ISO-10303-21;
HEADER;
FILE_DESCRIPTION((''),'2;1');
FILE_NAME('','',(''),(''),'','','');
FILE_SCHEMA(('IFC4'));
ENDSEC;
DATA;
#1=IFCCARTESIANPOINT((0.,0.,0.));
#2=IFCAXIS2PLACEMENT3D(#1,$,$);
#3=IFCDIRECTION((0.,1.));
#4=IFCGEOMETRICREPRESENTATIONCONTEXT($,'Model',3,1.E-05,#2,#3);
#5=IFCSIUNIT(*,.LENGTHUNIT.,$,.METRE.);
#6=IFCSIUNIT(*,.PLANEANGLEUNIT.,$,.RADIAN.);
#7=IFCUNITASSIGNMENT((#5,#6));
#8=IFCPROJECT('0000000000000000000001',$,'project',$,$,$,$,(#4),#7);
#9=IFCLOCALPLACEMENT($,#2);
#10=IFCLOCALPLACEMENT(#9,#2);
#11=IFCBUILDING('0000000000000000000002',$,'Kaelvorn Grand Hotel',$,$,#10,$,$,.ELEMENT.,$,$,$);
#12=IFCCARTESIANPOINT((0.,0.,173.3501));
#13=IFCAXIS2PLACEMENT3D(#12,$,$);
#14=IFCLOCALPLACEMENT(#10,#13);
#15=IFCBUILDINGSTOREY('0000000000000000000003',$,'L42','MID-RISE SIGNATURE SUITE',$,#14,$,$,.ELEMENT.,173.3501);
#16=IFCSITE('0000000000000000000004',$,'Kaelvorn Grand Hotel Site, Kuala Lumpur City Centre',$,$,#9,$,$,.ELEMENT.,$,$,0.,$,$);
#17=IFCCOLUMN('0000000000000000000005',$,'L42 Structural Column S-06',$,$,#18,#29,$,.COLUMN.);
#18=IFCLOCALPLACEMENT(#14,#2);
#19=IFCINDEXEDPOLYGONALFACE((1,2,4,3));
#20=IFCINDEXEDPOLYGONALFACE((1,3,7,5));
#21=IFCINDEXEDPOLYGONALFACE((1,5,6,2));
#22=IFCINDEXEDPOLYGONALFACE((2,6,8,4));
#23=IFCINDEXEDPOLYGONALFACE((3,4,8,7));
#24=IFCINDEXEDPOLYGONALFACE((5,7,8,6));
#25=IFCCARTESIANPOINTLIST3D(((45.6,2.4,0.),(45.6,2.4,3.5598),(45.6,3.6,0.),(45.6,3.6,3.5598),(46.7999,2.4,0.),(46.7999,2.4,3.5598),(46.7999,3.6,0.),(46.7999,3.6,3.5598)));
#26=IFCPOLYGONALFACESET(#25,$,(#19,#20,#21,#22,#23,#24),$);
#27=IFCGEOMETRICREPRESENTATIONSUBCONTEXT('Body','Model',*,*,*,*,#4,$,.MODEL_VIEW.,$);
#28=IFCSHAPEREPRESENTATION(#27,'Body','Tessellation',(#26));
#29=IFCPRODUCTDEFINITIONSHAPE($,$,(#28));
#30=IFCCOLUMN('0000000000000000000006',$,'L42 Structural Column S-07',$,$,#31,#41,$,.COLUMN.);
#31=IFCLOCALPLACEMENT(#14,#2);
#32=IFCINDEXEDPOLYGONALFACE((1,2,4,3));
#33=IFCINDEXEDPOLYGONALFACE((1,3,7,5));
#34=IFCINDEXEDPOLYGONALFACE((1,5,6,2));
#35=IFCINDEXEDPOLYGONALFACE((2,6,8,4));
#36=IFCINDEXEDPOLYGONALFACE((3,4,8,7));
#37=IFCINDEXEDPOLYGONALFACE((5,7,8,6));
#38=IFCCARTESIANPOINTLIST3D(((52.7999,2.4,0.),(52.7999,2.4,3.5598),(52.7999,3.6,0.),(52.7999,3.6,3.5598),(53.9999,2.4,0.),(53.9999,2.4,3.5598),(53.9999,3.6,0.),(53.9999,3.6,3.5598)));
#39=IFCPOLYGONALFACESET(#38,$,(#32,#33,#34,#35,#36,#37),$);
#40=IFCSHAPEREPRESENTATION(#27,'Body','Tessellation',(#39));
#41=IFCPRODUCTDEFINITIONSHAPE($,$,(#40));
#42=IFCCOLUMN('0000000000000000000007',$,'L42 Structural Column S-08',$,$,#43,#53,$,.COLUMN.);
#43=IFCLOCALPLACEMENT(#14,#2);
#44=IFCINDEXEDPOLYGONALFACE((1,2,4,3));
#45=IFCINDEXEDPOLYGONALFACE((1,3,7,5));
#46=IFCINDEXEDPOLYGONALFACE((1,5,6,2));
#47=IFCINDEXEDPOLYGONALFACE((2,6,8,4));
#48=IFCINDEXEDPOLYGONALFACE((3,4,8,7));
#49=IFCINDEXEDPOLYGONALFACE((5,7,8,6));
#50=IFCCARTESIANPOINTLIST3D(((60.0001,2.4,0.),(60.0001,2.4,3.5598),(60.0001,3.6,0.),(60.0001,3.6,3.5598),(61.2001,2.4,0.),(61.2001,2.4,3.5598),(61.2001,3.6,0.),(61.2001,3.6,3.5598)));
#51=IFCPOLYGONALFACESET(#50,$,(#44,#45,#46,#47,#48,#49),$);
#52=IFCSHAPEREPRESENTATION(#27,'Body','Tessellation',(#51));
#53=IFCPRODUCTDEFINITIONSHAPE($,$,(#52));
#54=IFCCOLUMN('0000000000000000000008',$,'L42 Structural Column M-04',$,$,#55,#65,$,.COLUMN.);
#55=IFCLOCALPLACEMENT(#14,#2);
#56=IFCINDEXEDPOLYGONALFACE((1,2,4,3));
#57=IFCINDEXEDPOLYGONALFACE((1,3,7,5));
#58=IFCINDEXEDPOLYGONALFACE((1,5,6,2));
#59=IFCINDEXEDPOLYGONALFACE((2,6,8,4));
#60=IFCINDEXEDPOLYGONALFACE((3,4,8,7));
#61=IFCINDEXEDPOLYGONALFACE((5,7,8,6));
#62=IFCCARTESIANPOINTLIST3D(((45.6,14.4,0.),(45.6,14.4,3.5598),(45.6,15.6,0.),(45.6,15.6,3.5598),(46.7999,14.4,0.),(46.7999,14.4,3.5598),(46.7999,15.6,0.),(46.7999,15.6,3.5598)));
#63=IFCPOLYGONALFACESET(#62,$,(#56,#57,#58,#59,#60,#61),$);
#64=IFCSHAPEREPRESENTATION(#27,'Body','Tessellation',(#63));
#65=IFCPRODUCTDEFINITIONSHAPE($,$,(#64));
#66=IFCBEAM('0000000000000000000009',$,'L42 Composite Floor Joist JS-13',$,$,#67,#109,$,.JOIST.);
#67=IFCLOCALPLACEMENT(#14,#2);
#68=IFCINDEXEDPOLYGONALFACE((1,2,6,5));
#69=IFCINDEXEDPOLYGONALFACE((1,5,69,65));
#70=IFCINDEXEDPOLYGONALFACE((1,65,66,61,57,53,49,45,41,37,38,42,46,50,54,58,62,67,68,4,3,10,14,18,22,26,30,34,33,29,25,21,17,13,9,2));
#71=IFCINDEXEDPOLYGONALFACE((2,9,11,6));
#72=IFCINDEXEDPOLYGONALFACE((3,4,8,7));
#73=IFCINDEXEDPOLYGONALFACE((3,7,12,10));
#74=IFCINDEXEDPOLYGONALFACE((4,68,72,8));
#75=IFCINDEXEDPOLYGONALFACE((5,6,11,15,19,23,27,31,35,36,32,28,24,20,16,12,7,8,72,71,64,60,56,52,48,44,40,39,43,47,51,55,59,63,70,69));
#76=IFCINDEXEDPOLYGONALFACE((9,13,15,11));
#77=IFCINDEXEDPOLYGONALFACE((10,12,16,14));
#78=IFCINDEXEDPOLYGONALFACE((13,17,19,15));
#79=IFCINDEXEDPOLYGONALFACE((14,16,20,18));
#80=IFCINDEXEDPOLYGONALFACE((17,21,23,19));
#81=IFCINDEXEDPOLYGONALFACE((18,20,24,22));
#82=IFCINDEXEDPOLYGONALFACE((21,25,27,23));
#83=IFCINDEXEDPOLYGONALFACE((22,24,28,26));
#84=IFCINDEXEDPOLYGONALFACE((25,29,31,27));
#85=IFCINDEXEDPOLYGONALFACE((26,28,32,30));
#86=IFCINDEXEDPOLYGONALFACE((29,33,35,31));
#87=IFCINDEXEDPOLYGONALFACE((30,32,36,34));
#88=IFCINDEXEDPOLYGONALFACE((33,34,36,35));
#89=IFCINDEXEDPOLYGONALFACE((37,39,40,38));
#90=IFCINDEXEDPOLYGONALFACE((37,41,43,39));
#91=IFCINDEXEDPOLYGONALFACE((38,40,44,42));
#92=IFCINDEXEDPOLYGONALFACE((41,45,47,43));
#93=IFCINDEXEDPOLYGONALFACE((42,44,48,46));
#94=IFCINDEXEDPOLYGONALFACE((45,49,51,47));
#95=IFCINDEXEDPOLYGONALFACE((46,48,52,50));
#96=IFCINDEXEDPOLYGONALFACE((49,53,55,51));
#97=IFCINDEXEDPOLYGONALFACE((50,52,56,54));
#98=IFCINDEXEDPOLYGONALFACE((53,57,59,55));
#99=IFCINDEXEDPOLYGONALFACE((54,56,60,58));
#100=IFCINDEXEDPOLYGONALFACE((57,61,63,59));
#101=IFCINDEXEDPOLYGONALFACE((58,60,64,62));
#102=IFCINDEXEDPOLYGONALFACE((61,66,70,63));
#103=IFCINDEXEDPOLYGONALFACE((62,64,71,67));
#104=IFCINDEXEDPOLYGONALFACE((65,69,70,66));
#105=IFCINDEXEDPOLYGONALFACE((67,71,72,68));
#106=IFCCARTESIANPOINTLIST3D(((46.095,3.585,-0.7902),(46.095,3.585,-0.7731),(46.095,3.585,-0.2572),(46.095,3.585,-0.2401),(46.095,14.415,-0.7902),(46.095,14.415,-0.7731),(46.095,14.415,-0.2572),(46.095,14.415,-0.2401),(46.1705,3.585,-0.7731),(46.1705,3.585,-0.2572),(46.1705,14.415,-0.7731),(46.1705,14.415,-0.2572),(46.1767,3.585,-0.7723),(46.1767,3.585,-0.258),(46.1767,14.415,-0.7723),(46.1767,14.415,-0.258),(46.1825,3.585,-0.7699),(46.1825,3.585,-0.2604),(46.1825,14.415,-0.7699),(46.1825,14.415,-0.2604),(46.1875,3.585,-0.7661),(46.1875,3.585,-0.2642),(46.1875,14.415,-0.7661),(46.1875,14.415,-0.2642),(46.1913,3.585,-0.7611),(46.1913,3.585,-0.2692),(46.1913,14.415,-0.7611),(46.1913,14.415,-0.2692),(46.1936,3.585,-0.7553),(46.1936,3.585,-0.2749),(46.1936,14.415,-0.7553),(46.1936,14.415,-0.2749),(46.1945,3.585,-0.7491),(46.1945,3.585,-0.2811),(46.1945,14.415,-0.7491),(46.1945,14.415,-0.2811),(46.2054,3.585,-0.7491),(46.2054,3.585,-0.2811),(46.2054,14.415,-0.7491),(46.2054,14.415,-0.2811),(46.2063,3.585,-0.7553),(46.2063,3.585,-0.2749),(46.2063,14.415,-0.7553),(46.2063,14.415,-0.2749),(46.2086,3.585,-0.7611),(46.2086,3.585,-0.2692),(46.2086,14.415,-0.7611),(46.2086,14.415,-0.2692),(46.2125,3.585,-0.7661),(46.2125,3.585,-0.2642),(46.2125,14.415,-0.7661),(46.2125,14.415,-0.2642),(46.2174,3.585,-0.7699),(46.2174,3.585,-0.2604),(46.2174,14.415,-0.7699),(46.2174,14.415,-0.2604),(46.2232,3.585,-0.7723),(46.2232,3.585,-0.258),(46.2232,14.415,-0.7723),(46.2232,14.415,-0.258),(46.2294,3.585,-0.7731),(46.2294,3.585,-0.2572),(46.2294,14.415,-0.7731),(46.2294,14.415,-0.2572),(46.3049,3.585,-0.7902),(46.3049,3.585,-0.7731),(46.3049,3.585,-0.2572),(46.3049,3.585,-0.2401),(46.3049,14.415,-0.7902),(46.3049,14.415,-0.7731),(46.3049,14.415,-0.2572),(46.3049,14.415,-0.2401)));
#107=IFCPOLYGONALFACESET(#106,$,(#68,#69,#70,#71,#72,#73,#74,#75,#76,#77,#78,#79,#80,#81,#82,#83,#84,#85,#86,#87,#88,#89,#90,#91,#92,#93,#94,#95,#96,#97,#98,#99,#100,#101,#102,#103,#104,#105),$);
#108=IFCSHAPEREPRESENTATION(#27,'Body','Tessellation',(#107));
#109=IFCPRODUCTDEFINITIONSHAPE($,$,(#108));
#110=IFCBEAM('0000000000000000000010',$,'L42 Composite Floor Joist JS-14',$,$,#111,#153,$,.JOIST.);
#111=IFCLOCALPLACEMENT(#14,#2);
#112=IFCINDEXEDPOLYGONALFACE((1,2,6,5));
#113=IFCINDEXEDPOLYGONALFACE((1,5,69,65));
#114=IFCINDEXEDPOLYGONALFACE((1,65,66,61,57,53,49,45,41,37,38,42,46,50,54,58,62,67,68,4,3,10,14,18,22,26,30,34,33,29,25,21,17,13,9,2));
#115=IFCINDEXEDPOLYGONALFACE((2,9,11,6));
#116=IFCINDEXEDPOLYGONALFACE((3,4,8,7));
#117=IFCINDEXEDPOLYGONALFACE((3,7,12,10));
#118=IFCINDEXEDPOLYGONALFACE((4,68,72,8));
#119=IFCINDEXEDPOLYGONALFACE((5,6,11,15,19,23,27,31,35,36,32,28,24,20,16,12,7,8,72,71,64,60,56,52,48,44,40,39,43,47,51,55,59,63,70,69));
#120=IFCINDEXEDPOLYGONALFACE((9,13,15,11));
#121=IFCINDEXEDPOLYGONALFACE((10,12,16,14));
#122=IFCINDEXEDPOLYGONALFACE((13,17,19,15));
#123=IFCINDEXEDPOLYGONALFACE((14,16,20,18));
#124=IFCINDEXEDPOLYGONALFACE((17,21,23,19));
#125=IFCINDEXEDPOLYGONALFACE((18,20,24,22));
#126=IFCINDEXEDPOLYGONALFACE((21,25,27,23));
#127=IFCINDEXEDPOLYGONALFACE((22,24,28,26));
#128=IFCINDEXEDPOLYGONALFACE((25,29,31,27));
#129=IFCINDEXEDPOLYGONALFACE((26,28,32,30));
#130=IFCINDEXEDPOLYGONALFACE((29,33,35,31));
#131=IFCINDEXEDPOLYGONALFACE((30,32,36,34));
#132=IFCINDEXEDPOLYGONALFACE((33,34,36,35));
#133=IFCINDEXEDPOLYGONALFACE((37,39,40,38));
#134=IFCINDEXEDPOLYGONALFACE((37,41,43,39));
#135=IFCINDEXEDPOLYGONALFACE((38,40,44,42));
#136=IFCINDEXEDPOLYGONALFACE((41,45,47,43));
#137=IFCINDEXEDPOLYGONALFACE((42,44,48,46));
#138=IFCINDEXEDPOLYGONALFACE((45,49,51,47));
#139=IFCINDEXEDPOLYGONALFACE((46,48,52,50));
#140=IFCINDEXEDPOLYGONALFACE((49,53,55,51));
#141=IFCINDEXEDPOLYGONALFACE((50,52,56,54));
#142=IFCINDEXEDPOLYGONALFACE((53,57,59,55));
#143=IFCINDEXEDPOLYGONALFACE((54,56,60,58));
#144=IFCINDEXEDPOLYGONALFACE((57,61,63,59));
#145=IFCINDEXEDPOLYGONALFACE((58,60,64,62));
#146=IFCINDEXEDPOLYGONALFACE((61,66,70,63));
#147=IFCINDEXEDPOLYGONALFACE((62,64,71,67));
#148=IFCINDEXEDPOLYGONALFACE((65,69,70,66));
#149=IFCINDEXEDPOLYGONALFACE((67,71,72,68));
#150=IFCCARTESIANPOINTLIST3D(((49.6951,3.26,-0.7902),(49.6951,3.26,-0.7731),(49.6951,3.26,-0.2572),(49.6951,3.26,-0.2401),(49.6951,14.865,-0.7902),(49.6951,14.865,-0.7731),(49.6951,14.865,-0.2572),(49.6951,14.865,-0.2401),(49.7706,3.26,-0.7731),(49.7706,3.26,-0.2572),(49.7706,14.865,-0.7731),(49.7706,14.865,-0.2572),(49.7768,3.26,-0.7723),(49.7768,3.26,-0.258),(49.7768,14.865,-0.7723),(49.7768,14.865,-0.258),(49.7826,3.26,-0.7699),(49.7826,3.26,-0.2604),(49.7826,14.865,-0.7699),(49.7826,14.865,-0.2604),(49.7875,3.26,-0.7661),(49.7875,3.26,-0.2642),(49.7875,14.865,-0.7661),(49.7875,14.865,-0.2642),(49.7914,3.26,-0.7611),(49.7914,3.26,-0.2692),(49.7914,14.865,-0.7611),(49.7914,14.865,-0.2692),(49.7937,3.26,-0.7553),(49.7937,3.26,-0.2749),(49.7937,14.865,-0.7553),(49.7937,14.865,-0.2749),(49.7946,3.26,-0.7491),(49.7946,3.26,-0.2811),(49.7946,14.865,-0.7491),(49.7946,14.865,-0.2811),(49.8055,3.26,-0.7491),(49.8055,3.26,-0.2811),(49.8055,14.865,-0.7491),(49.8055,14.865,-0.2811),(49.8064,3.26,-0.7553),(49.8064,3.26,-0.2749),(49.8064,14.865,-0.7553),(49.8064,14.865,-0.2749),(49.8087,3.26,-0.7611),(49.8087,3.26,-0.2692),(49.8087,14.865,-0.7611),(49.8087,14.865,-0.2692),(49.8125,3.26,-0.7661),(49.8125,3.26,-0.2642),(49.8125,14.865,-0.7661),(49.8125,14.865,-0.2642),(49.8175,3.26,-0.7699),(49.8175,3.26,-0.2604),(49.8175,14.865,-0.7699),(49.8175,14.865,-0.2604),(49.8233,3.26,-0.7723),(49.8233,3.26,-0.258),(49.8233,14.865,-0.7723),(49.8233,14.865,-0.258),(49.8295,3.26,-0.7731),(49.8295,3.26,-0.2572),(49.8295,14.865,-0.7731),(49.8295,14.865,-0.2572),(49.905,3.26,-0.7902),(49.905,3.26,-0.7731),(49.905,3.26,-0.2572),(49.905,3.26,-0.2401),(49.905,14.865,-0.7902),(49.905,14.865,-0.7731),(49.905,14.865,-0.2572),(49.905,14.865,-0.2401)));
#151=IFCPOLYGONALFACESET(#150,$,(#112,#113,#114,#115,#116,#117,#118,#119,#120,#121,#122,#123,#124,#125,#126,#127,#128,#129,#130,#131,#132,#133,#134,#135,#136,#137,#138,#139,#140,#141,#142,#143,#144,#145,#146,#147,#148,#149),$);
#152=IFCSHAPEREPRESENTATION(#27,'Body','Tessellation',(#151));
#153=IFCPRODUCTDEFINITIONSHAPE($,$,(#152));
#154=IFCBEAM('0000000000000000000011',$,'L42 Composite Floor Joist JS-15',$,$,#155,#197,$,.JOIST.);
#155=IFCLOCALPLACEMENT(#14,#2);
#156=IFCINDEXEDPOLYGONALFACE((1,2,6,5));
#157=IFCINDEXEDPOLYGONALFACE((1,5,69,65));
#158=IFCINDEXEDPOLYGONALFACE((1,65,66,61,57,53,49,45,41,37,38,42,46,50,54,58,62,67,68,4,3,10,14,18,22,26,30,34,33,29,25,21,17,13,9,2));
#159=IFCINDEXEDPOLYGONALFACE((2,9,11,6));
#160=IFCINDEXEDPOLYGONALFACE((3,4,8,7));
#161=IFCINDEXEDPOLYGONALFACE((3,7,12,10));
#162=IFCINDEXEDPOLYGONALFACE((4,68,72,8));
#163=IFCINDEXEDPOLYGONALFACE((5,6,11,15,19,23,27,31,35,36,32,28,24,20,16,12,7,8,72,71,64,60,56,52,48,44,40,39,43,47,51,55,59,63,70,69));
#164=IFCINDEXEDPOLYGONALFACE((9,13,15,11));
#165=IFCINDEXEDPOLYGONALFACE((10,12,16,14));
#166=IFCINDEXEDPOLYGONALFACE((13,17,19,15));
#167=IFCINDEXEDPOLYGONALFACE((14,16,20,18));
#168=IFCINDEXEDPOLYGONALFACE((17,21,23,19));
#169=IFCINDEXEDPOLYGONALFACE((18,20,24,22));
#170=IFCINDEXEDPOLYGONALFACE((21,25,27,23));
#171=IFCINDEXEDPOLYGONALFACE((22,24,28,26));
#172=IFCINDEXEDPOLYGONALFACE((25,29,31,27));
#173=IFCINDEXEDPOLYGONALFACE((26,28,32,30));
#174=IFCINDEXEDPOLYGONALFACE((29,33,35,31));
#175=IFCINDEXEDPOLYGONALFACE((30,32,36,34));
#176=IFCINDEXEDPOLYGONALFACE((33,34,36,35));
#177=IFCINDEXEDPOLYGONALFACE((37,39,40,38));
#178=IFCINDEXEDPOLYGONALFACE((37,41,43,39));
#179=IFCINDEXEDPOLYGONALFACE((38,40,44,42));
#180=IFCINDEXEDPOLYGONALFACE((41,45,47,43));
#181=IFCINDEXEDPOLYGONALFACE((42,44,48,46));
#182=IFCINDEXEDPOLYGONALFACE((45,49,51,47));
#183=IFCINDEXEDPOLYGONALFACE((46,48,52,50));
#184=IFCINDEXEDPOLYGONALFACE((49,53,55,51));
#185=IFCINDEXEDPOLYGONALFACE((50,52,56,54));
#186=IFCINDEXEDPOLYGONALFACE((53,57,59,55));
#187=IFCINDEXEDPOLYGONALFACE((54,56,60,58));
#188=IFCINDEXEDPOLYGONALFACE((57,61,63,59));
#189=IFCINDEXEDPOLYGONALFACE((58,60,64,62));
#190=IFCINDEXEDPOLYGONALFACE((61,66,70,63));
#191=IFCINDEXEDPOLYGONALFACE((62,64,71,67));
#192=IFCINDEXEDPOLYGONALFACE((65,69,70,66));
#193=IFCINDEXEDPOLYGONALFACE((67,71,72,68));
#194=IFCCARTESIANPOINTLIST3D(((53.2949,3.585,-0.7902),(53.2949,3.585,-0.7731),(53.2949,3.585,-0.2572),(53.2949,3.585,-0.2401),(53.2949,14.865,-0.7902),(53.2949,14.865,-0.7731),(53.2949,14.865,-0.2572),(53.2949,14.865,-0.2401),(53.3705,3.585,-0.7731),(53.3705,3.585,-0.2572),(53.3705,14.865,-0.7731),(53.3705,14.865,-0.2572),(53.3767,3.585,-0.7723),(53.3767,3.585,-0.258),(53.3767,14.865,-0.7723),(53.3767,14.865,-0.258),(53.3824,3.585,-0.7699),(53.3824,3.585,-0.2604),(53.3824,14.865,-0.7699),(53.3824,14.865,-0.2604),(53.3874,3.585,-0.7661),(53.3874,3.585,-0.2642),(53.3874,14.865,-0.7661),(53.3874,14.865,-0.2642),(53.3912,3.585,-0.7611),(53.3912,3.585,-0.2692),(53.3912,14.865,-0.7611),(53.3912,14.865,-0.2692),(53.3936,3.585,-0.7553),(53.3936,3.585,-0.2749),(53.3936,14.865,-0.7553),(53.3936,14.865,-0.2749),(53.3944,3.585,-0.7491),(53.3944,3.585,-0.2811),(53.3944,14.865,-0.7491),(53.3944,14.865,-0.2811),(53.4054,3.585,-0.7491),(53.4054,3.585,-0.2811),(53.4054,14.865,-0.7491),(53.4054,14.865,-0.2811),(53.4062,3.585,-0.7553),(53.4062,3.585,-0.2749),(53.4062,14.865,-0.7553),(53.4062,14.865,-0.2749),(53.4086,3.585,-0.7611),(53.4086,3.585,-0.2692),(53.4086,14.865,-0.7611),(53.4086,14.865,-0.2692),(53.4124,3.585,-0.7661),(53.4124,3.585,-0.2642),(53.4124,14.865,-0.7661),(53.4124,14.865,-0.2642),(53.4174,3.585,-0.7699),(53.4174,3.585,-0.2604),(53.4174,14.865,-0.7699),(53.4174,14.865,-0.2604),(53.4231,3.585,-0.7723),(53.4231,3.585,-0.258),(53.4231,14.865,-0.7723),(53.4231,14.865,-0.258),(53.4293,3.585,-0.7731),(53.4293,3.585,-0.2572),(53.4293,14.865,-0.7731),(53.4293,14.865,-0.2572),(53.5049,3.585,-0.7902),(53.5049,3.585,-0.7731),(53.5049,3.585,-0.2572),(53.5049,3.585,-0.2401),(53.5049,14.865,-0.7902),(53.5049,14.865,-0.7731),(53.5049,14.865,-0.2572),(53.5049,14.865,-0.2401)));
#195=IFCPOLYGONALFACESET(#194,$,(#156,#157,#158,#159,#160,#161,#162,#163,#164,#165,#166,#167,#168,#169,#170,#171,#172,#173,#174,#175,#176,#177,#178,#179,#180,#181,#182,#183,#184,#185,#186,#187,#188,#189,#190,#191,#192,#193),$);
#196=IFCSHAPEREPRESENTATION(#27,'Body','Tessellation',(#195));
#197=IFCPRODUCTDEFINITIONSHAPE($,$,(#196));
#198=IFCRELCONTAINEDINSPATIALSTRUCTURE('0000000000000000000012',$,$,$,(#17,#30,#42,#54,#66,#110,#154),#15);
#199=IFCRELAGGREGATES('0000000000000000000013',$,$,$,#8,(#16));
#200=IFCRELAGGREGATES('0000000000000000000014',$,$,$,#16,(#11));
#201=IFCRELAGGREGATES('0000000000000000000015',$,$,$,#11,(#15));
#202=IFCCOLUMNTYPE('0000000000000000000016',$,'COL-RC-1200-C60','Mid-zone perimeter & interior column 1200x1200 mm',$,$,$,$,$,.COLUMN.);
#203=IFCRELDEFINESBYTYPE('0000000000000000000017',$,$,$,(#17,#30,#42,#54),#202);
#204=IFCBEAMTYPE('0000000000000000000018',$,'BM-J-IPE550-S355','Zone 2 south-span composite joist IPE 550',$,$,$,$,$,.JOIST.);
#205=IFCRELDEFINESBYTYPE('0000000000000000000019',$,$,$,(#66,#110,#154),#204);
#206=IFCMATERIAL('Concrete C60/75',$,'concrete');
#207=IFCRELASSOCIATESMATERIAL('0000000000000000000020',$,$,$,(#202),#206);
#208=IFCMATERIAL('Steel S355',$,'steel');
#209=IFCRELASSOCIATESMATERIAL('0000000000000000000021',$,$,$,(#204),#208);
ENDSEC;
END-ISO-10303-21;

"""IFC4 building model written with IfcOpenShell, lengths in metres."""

from ifc_helpers import new_model, si_unit, direction, frame, origin, origin_2d, place, context, subcontext, project, spatial, rectangle, i_section, extrude, material, material_profile, profile_set, type_object, element, save


model = new_model("IFC4")

# Units and contexts
model_context = context("Model", 3, precision=1e-05, world=origin(), true_north=direction((0.0, 1.0)))
body_context = subcontext(model_context, "Body", "Model", "MODEL_VIEW")
ifc_project = project(units=[si_unit("LENGTHUNIT", "METRE"), si_unit("PLANEANGLEUNIT", "RADIAN")], contexts=[model_context])

# Site, building, storey
site_placement = place(None, origin())
site = spatial("IfcSite", under=ifc_project, at=site_placement, Name="Kaelvorn Grand Hotel Site, Kuala Lumpur City Centre", CompositionType="ELEMENT", RefElevation=0.0)
building_placement = place(site_placement, origin())
building = spatial("IfcBuilding", under=site, at=building_placement, Name="Kaelvorn Grand Hotel", CompositionType="ELEMENT")
storey_placement = place(building_placement, frame((0.0, 0.0, 173.3501)))
storey = spatial("IfcBuildingStorey", under=building, at=storey_placement, Name="L42", Description="MID-RISE SIGNATURE SUITE", CompositionType="ELEMENT", Elevation=173.3501)

# Columns
ifc_material_1 = material(Name="Concrete C60/75", Category="concrete")
ifc_material_profile_1 = material_profile(ifc_material_1, rectangle(XDim=1.2, YDim=1.2, at=origin_2d()), Name="RC COL 1200x1200")
ifc_profile_set_1 = profile_set([ifc_material_profile_1], Name="Concrete C60/75")
column_type = type_object("IfcColumnType", Name="COL-RC-1200-C60", Description="Mid-zone perimeter & interior column 1200x1200 mm", PredefinedType="COLUMN", material=ifc_profile_set_1)
for number, where, z_axis, x_axis, name in (
    (1, (46.2, 3.0, 0.0), (0.0, 0.0, 1.0), (1.0, 0.0, 0.0), "L42 Structural Column S-06"),
    (2, (53.3999, 3.0, 0.0), (0.0, 0.0, 1.0), (1.0, 0.0, 0.0), "L42 Structural Column S-07"),
    (3, (60.6001, 3.0, 0.0), (0.0, 0.0, 1.0), (1.0, 0.0, 0.0), "L42 Structural Column S-08"),
    (4, (46.2, 15.0, 0.0), (0.0, 0.0, 1.0), (1.0, 0.0, 0.0), "L42 Structural Column M-04"),
):
    element("IfcColumn", number, at=place(storey_placement, frame(where, z_axis=z_axis, x_axis=x_axis)), inside=storey, type_object=column_type, Name=name, PredefinedType="COLUMN", context=body_context, shape_type="SweptSolid", body=[
        extrude(rectangle(XDim=1.2, YDim=1.2, at=origin_2d()), origin(), (0.0, 0.0, 1.0), 3.5598),
    ])

# Beams
ifc_material_2 = material(Name="Steel S355", Category="steel")
ifc_material_profile_2 = material_profile(ifc_material_2, i_section(OverallWidth=0.21, OverallDepth=0.55, WebThickness=0.011, FlangeThickness=0.0171, FilletRadius=0.0239, at=origin_2d()), Name="IPE 550")
ifc_profile_set_2 = profile_set([ifc_material_profile_2], Name="Steel S355")
beam_type_1 = type_object("IfcBeamType", Name="BM-J-IPE550-S355", Description="Zone 2 south-span composite joist IPE 550", PredefinedType="JOIST", material=ifc_profile_set_2)
beam_1_placement = place(storey_placement, frame((46.2, 3.585, -0.5151), z_axis=(0.0, 1.0, 0.0), x_axis=(-1.0, 0.0, 0.0)))
element("IfcBeam", 5, at=beam_1_placement, inside=storey, type_object=beam_type_1, Name="L42 Composite Floor Joist JS-13", PredefinedType="JOIST", context=body_context, shape_type="SweptSolid", body=[
    extrude(i_section(OverallWidth=0.21, OverallDepth=0.55, WebThickness=0.011, FlangeThickness=0.0171, FilletRadius=0.0239, at=origin_2d()), origin(), (0.0, 0.0, 1.0), 10.8301),
])
beam_2_placement = place(storey_placement, frame((49.8, 3.26, -0.5151), z_axis=(0.0, 1.0, 0.0), x_axis=(-1.0, 0.0, 0.0)))
element("IfcBeam", 6, at=beam_2_placement, inside=storey, type_object=beam_type_1, Name="L42 Composite Floor Joist JS-14", PredefinedType="JOIST", context=body_context, shape_type="SweptSolid", body=[
    extrude(i_section(OverallWidth=0.21, OverallDepth=0.55, WebThickness=0.011, FlangeThickness=0.0171, FilletRadius=0.0239, at=origin_2d()), origin(), (0.0, 0.0, 1.0), 11.605),
])
beam_3_placement = place(storey_placement, frame((53.3999, 3.585, -0.5151), z_axis=(0.0, 1.0, 0.0), x_axis=(-1.0, 0.0, 0.0)))
element("IfcBeam", 7, at=beam_3_placement, inside=storey, type_object=beam_type_1, Name="L42 Composite Floor Joist JS-15", PredefinedType="JOIST", context=body_context, shape_type="SweptSolid", body=[
    extrude(i_section(OverallWidth=0.21, OverallDepth=0.55, WebThickness=0.011, FlangeThickness=0.0171, FilletRadius=0.0239, at=origin_2d()), origin(), (0.0, 0.0, 1.0), 11.28),
])

save(model, "model.ifc")
